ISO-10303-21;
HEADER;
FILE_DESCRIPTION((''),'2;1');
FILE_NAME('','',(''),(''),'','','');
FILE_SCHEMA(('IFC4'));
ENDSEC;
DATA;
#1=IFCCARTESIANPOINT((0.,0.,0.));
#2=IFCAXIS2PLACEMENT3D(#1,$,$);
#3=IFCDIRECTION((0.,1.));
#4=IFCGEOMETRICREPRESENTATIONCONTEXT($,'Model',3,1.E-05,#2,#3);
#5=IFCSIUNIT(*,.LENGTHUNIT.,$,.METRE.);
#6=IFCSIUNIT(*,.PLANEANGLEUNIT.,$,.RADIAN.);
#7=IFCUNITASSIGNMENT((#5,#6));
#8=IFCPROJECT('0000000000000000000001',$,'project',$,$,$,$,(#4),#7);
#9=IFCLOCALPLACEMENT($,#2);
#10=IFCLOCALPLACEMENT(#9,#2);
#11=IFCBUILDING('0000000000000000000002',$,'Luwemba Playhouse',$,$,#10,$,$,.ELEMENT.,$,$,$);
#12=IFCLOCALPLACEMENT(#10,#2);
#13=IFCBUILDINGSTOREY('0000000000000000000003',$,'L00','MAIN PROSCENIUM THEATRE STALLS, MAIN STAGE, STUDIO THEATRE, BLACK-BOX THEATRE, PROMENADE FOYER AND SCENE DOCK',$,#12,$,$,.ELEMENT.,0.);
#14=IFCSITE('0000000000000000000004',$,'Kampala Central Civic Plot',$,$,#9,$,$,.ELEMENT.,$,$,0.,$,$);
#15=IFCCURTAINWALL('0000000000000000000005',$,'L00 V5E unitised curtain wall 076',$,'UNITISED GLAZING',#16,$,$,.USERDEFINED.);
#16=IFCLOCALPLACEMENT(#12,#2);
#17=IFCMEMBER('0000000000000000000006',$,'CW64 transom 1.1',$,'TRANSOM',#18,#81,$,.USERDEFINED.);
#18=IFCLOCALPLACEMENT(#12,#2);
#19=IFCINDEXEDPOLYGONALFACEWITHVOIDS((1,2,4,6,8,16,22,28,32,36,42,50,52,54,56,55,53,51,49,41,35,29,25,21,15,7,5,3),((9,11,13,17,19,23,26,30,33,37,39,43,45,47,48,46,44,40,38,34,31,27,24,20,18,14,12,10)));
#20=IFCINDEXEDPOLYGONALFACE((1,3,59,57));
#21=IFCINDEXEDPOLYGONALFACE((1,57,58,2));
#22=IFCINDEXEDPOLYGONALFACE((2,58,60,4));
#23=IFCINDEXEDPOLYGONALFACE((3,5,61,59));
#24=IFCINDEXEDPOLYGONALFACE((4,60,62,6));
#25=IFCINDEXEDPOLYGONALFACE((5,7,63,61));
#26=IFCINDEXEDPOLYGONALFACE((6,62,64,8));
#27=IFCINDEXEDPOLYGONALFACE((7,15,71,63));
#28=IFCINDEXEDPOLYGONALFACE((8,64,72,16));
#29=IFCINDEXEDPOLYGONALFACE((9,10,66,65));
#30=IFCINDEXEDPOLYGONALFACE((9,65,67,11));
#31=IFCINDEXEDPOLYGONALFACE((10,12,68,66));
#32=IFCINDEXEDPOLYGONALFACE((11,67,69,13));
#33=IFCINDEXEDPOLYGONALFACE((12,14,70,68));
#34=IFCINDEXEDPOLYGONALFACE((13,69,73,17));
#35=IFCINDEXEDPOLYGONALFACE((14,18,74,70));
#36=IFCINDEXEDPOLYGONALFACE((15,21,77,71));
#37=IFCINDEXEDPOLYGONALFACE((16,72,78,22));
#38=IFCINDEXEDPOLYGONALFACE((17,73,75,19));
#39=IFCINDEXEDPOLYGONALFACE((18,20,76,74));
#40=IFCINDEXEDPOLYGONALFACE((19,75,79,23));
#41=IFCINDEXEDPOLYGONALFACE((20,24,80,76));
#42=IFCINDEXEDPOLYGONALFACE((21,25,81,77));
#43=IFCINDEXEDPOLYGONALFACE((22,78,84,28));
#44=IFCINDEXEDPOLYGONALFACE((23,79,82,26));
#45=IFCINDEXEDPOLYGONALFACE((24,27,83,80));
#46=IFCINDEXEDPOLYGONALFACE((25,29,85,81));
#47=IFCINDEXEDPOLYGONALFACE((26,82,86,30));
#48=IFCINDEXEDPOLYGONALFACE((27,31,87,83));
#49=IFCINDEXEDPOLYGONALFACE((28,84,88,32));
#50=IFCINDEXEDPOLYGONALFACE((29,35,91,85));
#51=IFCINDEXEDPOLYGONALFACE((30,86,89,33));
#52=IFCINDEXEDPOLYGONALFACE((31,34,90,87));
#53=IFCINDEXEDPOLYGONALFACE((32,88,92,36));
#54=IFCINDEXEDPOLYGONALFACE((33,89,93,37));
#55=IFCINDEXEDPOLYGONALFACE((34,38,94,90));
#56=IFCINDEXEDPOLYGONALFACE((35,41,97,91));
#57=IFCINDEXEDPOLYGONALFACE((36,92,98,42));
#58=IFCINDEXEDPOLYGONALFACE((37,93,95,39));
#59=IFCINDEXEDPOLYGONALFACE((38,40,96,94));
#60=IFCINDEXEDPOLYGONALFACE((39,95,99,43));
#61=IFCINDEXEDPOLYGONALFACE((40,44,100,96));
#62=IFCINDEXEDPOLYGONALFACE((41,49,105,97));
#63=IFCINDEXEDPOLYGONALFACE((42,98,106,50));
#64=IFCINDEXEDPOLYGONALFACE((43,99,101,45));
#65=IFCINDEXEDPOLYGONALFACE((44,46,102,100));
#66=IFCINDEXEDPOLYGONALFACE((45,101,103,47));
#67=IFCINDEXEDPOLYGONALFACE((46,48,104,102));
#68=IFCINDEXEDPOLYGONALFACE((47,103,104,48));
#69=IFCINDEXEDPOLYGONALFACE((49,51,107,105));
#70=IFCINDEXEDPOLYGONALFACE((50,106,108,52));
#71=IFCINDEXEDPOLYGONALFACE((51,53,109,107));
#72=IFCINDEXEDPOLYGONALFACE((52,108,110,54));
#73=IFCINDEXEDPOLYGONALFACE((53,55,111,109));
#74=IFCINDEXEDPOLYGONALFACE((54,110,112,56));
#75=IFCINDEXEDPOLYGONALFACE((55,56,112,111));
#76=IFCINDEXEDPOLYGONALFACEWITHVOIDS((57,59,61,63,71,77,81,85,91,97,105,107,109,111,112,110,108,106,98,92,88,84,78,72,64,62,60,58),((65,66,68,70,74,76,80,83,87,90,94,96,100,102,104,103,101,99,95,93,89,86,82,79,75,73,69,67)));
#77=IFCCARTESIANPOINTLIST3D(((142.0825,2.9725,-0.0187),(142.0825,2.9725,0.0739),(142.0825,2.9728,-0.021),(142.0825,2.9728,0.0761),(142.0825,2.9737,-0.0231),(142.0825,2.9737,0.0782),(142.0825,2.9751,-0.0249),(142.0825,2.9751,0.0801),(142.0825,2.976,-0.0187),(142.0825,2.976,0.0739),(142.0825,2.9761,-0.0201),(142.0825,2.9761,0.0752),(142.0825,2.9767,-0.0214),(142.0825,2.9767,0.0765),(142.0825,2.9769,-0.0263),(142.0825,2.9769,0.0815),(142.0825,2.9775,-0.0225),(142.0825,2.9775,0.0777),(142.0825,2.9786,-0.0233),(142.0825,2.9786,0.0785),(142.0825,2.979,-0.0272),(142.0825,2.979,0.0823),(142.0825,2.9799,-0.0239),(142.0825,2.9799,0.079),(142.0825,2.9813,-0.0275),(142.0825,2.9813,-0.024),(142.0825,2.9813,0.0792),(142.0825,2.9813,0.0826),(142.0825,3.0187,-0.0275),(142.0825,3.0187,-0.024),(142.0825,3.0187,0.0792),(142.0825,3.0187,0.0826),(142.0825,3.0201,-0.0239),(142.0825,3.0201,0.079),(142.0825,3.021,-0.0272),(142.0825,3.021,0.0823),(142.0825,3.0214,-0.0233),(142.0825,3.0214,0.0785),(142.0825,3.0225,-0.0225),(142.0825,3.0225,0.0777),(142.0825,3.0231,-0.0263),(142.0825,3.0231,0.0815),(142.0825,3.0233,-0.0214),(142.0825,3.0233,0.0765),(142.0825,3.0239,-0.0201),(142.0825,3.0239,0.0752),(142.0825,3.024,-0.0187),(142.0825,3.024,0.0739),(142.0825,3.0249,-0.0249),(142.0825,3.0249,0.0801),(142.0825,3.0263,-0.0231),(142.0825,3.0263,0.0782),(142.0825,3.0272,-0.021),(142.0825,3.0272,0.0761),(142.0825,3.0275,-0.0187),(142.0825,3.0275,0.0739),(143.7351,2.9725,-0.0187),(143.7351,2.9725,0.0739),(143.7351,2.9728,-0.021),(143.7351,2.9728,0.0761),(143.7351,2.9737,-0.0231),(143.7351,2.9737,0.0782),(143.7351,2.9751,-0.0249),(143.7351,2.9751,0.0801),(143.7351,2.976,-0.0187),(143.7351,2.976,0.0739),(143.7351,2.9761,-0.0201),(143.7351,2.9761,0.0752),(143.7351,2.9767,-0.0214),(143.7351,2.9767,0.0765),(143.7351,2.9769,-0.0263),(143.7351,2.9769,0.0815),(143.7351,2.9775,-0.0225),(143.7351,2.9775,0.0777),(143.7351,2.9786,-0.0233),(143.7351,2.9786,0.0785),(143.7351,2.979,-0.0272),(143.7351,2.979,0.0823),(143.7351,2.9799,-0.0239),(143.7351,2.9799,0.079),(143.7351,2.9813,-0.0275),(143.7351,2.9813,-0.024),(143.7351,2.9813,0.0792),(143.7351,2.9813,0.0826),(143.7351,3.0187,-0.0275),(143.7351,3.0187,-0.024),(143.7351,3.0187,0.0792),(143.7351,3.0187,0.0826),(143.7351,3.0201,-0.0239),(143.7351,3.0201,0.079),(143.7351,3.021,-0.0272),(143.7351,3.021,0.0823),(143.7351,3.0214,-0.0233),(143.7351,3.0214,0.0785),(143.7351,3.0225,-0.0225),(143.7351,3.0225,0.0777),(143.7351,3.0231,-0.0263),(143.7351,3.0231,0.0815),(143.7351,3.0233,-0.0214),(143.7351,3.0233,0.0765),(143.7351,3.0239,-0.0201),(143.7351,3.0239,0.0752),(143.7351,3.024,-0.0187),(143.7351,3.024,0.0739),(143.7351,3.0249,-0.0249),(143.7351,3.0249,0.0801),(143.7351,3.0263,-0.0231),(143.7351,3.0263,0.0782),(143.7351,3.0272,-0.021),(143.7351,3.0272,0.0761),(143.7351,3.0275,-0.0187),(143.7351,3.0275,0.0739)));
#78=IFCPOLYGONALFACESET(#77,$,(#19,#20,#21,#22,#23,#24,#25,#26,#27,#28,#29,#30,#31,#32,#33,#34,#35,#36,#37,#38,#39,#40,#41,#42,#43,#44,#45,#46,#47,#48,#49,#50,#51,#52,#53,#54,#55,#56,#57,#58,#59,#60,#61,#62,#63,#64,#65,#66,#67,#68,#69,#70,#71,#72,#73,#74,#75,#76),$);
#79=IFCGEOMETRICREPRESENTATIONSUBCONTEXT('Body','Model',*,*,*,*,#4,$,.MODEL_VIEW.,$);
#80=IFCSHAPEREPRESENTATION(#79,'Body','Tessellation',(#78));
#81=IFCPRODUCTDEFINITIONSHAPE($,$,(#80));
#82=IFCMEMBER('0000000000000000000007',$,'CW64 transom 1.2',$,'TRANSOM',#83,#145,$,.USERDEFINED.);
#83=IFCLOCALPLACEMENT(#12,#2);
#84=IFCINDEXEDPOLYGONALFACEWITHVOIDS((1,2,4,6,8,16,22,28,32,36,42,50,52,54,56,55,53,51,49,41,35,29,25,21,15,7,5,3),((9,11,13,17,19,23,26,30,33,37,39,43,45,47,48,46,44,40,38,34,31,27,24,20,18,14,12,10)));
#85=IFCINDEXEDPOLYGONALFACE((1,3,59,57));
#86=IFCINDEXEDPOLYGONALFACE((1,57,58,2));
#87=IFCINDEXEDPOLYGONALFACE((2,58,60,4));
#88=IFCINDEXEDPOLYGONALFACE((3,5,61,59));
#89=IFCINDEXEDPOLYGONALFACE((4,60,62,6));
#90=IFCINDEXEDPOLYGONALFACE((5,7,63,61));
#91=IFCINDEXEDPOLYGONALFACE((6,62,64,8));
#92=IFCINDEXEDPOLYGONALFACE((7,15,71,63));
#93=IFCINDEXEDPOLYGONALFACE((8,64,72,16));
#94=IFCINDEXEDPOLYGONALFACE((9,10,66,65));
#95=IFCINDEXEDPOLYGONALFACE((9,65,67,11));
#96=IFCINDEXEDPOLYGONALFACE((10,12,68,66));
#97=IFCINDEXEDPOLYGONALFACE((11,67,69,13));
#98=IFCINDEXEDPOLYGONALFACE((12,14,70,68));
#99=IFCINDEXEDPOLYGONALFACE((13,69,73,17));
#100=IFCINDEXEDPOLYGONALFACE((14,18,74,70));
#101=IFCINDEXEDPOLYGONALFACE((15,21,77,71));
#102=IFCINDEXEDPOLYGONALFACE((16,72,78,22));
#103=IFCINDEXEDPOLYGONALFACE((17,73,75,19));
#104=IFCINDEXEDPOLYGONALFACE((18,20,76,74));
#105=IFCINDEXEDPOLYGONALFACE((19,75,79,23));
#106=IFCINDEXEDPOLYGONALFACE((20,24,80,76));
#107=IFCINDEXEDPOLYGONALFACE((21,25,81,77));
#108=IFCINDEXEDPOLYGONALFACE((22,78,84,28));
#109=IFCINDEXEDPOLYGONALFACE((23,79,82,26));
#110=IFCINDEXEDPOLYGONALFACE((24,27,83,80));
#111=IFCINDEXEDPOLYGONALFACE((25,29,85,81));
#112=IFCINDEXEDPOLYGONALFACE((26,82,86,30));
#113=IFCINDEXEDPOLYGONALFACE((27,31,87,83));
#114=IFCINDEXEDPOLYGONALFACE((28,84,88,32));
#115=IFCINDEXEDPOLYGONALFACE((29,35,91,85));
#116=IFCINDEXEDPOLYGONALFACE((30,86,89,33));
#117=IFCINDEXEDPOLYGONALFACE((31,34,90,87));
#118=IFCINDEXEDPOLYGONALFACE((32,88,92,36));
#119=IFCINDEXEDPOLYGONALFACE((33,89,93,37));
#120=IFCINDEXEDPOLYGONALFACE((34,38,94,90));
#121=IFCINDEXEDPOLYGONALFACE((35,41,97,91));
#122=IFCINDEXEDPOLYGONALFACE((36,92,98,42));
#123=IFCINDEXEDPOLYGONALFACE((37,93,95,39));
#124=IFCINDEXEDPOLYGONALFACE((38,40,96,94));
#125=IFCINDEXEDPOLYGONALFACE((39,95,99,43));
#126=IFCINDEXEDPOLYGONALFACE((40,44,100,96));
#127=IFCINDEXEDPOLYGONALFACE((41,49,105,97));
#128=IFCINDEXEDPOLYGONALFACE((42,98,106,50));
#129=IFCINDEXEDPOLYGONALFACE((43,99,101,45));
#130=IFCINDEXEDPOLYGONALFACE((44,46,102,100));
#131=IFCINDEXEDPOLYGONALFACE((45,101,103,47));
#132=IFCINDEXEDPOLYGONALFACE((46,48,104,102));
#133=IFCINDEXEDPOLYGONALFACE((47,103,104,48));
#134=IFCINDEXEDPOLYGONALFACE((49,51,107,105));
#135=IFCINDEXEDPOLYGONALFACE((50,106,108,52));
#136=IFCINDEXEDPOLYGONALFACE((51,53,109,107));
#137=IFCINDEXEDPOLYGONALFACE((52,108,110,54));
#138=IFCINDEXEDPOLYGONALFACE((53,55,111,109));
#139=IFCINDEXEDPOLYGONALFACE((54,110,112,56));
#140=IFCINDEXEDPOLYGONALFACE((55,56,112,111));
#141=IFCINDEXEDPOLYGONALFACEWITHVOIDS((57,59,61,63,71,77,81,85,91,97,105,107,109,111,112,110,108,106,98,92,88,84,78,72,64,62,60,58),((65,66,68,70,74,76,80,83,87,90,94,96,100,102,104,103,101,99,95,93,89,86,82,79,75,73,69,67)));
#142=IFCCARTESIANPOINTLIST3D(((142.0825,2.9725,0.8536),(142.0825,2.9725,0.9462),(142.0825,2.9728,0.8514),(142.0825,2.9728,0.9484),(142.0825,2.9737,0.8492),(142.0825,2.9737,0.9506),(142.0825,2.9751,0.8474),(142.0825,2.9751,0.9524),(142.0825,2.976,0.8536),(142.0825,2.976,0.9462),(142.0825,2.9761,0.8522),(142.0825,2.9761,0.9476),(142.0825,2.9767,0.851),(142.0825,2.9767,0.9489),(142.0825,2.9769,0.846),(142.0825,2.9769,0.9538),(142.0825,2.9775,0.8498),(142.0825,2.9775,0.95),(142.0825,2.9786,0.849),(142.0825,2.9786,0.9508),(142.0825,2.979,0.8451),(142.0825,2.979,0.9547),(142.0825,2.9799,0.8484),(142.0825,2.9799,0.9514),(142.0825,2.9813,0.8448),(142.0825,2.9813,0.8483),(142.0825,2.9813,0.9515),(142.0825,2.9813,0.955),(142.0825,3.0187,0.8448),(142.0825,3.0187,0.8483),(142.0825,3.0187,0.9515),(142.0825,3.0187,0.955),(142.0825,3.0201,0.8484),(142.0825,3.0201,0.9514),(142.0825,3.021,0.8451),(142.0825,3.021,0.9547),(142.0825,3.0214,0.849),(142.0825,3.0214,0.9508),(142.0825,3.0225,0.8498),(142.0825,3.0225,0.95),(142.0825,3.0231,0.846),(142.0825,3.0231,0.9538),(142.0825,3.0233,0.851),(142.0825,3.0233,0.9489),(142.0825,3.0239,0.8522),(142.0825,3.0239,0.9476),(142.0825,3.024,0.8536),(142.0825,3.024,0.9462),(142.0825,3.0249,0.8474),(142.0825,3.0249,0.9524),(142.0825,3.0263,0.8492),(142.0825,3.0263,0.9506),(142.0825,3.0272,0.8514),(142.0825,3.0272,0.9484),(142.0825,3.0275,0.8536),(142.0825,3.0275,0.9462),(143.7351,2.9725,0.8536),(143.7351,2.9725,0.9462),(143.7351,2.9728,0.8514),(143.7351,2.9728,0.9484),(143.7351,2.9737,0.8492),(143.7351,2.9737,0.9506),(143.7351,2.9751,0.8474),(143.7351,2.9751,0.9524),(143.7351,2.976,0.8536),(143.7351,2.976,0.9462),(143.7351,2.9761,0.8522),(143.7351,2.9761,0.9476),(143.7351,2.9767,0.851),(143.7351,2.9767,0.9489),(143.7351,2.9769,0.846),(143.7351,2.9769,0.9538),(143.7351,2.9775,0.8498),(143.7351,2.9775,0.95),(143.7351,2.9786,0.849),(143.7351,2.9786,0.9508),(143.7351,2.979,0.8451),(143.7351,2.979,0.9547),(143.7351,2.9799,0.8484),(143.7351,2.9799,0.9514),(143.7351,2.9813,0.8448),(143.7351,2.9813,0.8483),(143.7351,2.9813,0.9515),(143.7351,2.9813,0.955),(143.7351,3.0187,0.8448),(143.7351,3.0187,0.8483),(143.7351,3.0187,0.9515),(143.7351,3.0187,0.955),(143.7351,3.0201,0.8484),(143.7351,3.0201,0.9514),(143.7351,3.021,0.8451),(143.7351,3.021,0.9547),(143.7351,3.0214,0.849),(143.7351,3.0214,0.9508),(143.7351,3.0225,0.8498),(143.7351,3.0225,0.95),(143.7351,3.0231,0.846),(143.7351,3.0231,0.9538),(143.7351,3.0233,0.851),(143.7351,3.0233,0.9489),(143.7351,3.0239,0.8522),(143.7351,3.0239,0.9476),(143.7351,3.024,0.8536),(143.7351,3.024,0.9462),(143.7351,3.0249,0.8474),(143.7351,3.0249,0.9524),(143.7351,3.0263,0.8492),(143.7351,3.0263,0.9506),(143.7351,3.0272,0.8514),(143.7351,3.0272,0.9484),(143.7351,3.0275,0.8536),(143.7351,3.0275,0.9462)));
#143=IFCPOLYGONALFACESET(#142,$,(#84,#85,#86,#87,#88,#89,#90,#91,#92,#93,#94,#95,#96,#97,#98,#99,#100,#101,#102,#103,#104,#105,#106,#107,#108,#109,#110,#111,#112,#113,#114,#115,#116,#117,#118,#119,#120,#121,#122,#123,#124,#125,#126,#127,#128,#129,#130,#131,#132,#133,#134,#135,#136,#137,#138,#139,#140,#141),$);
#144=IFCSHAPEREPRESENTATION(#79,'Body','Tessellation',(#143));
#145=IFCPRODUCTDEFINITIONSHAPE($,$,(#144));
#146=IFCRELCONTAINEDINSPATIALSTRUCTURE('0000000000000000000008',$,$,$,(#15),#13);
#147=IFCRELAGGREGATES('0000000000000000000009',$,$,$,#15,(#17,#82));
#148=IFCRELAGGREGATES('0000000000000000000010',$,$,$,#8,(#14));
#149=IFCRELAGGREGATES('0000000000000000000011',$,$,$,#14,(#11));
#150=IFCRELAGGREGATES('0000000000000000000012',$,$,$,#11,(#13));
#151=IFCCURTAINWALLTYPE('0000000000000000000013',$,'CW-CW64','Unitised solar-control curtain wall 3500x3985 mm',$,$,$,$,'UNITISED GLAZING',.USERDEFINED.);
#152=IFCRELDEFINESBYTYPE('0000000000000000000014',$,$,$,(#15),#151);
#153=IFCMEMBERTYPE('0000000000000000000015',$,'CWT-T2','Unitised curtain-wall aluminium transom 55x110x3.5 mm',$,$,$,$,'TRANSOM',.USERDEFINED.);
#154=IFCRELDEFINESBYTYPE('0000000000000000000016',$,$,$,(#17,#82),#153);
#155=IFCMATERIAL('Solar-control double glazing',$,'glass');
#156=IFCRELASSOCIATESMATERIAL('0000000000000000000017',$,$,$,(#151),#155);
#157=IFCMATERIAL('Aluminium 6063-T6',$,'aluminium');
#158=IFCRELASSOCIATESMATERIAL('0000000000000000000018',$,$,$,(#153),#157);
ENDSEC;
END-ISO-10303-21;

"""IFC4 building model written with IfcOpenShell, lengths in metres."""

from ifc_helpers import new_model, si_unit, direction, frame, origin, origin_2d, place, context, subcontext, project, spatial, hollow_rectangle, extrude, material, material_profile, profile_set, type_object, element, aggregate, save


model = new_model("IFC4")

# Units and contexts
model_context = context("Model", 3, precision=1e-05, world=origin(), true_north=direction((0.0, 1.0)))
body_context = subcontext(model_context, "Body", "Model", "MODEL_VIEW")
ifc_project = project(units=[si_unit("LENGTHUNIT", "METRE"), si_unit("PLANEANGLEUNIT", "RADIAN")], contexts=[model_context])

# Site, building, storey
site_placement = place(None, origin())
site = spatial("IfcSite", under=ifc_project, at=site_placement, Name="Kampala Central Civic Plot", CompositionType="ELEMENT", RefElevation=0.0)
building_placement = place(site_placement, origin())
building = spatial("IfcBuilding", under=site, at=building_placement, Name="Luwemba Playhouse", CompositionType="ELEMENT")
storey_placement = place(building_placement, origin())
storey = spatial("IfcBuildingStorey", under=building, at=storey_placement, Name="L00", Description="MAIN PROSCENIUM THEATRE STALLS, MAIN STAGE, STUDIO THEATRE, BLACK-BOX THEATRE, PROMENADE FOYER AND SCENE DOCK", CompositionType="ELEMENT", Elevation=0.0)

# Curtain wall, members
ifc_material_1 = material(Name="Solar-control double glazing", Category="glass")
curtain_wall_type = type_object("IfcCurtainWallType", Name="CW-CW64", Description="Unitised solar-control curtain wall 3500x3985 mm", ElementType="UNITISED GLAZING", PredefinedType="USERDEFINED", material=ifc_material_1)
curtain_wall_placement = place(storey_placement, origin())
curtain_wall = element("IfcCurtainWall", 1, at=curtain_wall_placement, inside=storey, type_object=curtain_wall_type, Name="L00 V5E unitised curtain wall 076", ObjectType="UNITISED GLAZING", PredefinedType="USERDEFINED")
ifc_material_2 = material(Name="Aluminium 6063-T6", Category="aluminium")
ifc_material_profile_1 = material_profile(ifc_material_2, hollow_rectangle(XDim=0.0549, YDim=0.1101, WallThickness=0.0034, InnerFilletRadius=0.0054, OuterFilletRadius=0.0088, at=origin_2d()))
ifc_profile_set_1 = profile_set([ifc_material_profile_1], Name="Aluminium 6063-T6")
member_type_1 = type_object("IfcMemberType", Name="CWT-T2", Description="Unitised curtain-wall aluminium transom 55x110x3.5 mm", ElementType="TRANSOM", PredefinedType="USERDEFINED", material=ifc_profile_set_1)
member_1_placement = place(storey_placement, frame((143.7351, 3.0, 0.0276), z_axis=(-1.0, 0.0, 0.0), x_axis=(0.0, -1.0, 0.0)))
member_1 = element("IfcMember", 2, at=member_1_placement, type_object=member_type_1, Name="CW64 transom 1.1", ObjectType="TRANSOM", PredefinedType="USERDEFINED", context=body_context, shape_type="SweptSolid", body=[
    extrude(hollow_rectangle(XDim=0.0549, YDim=0.1101, WallThickness=0.0034, InnerFilletRadius=0.0054, OuterFilletRadius=0.0088, at=origin_2d()), origin(), (0.0, 0.0, 1.0), 1.6526),
])
member_2_placement = place(storey_placement, frame((143.7351, 3.0, 0.8999), z_axis=(-1.0, 0.0, 0.0), x_axis=(0.0, -1.0, 0.0)))
member_2 = element("IfcMember", 3, at=member_2_placement, type_object=member_type_1, Name="CW64 transom 1.2", ObjectType="TRANSOM", PredefinedType="USERDEFINED", context=body_context, shape_type="SweptSolid", body=[
    extrude(hollow_rectangle(XDim=0.0549, YDim=0.1101, WallThickness=0.0034, InnerFilletRadius=0.0054, OuterFilletRadius=0.0088, at=origin_2d()), origin(), (0.0, 0.0, 1.0), 1.6526),
])
aggregate(curtain_wall, [member_1, member_2])

save(model, "model.ifc")
